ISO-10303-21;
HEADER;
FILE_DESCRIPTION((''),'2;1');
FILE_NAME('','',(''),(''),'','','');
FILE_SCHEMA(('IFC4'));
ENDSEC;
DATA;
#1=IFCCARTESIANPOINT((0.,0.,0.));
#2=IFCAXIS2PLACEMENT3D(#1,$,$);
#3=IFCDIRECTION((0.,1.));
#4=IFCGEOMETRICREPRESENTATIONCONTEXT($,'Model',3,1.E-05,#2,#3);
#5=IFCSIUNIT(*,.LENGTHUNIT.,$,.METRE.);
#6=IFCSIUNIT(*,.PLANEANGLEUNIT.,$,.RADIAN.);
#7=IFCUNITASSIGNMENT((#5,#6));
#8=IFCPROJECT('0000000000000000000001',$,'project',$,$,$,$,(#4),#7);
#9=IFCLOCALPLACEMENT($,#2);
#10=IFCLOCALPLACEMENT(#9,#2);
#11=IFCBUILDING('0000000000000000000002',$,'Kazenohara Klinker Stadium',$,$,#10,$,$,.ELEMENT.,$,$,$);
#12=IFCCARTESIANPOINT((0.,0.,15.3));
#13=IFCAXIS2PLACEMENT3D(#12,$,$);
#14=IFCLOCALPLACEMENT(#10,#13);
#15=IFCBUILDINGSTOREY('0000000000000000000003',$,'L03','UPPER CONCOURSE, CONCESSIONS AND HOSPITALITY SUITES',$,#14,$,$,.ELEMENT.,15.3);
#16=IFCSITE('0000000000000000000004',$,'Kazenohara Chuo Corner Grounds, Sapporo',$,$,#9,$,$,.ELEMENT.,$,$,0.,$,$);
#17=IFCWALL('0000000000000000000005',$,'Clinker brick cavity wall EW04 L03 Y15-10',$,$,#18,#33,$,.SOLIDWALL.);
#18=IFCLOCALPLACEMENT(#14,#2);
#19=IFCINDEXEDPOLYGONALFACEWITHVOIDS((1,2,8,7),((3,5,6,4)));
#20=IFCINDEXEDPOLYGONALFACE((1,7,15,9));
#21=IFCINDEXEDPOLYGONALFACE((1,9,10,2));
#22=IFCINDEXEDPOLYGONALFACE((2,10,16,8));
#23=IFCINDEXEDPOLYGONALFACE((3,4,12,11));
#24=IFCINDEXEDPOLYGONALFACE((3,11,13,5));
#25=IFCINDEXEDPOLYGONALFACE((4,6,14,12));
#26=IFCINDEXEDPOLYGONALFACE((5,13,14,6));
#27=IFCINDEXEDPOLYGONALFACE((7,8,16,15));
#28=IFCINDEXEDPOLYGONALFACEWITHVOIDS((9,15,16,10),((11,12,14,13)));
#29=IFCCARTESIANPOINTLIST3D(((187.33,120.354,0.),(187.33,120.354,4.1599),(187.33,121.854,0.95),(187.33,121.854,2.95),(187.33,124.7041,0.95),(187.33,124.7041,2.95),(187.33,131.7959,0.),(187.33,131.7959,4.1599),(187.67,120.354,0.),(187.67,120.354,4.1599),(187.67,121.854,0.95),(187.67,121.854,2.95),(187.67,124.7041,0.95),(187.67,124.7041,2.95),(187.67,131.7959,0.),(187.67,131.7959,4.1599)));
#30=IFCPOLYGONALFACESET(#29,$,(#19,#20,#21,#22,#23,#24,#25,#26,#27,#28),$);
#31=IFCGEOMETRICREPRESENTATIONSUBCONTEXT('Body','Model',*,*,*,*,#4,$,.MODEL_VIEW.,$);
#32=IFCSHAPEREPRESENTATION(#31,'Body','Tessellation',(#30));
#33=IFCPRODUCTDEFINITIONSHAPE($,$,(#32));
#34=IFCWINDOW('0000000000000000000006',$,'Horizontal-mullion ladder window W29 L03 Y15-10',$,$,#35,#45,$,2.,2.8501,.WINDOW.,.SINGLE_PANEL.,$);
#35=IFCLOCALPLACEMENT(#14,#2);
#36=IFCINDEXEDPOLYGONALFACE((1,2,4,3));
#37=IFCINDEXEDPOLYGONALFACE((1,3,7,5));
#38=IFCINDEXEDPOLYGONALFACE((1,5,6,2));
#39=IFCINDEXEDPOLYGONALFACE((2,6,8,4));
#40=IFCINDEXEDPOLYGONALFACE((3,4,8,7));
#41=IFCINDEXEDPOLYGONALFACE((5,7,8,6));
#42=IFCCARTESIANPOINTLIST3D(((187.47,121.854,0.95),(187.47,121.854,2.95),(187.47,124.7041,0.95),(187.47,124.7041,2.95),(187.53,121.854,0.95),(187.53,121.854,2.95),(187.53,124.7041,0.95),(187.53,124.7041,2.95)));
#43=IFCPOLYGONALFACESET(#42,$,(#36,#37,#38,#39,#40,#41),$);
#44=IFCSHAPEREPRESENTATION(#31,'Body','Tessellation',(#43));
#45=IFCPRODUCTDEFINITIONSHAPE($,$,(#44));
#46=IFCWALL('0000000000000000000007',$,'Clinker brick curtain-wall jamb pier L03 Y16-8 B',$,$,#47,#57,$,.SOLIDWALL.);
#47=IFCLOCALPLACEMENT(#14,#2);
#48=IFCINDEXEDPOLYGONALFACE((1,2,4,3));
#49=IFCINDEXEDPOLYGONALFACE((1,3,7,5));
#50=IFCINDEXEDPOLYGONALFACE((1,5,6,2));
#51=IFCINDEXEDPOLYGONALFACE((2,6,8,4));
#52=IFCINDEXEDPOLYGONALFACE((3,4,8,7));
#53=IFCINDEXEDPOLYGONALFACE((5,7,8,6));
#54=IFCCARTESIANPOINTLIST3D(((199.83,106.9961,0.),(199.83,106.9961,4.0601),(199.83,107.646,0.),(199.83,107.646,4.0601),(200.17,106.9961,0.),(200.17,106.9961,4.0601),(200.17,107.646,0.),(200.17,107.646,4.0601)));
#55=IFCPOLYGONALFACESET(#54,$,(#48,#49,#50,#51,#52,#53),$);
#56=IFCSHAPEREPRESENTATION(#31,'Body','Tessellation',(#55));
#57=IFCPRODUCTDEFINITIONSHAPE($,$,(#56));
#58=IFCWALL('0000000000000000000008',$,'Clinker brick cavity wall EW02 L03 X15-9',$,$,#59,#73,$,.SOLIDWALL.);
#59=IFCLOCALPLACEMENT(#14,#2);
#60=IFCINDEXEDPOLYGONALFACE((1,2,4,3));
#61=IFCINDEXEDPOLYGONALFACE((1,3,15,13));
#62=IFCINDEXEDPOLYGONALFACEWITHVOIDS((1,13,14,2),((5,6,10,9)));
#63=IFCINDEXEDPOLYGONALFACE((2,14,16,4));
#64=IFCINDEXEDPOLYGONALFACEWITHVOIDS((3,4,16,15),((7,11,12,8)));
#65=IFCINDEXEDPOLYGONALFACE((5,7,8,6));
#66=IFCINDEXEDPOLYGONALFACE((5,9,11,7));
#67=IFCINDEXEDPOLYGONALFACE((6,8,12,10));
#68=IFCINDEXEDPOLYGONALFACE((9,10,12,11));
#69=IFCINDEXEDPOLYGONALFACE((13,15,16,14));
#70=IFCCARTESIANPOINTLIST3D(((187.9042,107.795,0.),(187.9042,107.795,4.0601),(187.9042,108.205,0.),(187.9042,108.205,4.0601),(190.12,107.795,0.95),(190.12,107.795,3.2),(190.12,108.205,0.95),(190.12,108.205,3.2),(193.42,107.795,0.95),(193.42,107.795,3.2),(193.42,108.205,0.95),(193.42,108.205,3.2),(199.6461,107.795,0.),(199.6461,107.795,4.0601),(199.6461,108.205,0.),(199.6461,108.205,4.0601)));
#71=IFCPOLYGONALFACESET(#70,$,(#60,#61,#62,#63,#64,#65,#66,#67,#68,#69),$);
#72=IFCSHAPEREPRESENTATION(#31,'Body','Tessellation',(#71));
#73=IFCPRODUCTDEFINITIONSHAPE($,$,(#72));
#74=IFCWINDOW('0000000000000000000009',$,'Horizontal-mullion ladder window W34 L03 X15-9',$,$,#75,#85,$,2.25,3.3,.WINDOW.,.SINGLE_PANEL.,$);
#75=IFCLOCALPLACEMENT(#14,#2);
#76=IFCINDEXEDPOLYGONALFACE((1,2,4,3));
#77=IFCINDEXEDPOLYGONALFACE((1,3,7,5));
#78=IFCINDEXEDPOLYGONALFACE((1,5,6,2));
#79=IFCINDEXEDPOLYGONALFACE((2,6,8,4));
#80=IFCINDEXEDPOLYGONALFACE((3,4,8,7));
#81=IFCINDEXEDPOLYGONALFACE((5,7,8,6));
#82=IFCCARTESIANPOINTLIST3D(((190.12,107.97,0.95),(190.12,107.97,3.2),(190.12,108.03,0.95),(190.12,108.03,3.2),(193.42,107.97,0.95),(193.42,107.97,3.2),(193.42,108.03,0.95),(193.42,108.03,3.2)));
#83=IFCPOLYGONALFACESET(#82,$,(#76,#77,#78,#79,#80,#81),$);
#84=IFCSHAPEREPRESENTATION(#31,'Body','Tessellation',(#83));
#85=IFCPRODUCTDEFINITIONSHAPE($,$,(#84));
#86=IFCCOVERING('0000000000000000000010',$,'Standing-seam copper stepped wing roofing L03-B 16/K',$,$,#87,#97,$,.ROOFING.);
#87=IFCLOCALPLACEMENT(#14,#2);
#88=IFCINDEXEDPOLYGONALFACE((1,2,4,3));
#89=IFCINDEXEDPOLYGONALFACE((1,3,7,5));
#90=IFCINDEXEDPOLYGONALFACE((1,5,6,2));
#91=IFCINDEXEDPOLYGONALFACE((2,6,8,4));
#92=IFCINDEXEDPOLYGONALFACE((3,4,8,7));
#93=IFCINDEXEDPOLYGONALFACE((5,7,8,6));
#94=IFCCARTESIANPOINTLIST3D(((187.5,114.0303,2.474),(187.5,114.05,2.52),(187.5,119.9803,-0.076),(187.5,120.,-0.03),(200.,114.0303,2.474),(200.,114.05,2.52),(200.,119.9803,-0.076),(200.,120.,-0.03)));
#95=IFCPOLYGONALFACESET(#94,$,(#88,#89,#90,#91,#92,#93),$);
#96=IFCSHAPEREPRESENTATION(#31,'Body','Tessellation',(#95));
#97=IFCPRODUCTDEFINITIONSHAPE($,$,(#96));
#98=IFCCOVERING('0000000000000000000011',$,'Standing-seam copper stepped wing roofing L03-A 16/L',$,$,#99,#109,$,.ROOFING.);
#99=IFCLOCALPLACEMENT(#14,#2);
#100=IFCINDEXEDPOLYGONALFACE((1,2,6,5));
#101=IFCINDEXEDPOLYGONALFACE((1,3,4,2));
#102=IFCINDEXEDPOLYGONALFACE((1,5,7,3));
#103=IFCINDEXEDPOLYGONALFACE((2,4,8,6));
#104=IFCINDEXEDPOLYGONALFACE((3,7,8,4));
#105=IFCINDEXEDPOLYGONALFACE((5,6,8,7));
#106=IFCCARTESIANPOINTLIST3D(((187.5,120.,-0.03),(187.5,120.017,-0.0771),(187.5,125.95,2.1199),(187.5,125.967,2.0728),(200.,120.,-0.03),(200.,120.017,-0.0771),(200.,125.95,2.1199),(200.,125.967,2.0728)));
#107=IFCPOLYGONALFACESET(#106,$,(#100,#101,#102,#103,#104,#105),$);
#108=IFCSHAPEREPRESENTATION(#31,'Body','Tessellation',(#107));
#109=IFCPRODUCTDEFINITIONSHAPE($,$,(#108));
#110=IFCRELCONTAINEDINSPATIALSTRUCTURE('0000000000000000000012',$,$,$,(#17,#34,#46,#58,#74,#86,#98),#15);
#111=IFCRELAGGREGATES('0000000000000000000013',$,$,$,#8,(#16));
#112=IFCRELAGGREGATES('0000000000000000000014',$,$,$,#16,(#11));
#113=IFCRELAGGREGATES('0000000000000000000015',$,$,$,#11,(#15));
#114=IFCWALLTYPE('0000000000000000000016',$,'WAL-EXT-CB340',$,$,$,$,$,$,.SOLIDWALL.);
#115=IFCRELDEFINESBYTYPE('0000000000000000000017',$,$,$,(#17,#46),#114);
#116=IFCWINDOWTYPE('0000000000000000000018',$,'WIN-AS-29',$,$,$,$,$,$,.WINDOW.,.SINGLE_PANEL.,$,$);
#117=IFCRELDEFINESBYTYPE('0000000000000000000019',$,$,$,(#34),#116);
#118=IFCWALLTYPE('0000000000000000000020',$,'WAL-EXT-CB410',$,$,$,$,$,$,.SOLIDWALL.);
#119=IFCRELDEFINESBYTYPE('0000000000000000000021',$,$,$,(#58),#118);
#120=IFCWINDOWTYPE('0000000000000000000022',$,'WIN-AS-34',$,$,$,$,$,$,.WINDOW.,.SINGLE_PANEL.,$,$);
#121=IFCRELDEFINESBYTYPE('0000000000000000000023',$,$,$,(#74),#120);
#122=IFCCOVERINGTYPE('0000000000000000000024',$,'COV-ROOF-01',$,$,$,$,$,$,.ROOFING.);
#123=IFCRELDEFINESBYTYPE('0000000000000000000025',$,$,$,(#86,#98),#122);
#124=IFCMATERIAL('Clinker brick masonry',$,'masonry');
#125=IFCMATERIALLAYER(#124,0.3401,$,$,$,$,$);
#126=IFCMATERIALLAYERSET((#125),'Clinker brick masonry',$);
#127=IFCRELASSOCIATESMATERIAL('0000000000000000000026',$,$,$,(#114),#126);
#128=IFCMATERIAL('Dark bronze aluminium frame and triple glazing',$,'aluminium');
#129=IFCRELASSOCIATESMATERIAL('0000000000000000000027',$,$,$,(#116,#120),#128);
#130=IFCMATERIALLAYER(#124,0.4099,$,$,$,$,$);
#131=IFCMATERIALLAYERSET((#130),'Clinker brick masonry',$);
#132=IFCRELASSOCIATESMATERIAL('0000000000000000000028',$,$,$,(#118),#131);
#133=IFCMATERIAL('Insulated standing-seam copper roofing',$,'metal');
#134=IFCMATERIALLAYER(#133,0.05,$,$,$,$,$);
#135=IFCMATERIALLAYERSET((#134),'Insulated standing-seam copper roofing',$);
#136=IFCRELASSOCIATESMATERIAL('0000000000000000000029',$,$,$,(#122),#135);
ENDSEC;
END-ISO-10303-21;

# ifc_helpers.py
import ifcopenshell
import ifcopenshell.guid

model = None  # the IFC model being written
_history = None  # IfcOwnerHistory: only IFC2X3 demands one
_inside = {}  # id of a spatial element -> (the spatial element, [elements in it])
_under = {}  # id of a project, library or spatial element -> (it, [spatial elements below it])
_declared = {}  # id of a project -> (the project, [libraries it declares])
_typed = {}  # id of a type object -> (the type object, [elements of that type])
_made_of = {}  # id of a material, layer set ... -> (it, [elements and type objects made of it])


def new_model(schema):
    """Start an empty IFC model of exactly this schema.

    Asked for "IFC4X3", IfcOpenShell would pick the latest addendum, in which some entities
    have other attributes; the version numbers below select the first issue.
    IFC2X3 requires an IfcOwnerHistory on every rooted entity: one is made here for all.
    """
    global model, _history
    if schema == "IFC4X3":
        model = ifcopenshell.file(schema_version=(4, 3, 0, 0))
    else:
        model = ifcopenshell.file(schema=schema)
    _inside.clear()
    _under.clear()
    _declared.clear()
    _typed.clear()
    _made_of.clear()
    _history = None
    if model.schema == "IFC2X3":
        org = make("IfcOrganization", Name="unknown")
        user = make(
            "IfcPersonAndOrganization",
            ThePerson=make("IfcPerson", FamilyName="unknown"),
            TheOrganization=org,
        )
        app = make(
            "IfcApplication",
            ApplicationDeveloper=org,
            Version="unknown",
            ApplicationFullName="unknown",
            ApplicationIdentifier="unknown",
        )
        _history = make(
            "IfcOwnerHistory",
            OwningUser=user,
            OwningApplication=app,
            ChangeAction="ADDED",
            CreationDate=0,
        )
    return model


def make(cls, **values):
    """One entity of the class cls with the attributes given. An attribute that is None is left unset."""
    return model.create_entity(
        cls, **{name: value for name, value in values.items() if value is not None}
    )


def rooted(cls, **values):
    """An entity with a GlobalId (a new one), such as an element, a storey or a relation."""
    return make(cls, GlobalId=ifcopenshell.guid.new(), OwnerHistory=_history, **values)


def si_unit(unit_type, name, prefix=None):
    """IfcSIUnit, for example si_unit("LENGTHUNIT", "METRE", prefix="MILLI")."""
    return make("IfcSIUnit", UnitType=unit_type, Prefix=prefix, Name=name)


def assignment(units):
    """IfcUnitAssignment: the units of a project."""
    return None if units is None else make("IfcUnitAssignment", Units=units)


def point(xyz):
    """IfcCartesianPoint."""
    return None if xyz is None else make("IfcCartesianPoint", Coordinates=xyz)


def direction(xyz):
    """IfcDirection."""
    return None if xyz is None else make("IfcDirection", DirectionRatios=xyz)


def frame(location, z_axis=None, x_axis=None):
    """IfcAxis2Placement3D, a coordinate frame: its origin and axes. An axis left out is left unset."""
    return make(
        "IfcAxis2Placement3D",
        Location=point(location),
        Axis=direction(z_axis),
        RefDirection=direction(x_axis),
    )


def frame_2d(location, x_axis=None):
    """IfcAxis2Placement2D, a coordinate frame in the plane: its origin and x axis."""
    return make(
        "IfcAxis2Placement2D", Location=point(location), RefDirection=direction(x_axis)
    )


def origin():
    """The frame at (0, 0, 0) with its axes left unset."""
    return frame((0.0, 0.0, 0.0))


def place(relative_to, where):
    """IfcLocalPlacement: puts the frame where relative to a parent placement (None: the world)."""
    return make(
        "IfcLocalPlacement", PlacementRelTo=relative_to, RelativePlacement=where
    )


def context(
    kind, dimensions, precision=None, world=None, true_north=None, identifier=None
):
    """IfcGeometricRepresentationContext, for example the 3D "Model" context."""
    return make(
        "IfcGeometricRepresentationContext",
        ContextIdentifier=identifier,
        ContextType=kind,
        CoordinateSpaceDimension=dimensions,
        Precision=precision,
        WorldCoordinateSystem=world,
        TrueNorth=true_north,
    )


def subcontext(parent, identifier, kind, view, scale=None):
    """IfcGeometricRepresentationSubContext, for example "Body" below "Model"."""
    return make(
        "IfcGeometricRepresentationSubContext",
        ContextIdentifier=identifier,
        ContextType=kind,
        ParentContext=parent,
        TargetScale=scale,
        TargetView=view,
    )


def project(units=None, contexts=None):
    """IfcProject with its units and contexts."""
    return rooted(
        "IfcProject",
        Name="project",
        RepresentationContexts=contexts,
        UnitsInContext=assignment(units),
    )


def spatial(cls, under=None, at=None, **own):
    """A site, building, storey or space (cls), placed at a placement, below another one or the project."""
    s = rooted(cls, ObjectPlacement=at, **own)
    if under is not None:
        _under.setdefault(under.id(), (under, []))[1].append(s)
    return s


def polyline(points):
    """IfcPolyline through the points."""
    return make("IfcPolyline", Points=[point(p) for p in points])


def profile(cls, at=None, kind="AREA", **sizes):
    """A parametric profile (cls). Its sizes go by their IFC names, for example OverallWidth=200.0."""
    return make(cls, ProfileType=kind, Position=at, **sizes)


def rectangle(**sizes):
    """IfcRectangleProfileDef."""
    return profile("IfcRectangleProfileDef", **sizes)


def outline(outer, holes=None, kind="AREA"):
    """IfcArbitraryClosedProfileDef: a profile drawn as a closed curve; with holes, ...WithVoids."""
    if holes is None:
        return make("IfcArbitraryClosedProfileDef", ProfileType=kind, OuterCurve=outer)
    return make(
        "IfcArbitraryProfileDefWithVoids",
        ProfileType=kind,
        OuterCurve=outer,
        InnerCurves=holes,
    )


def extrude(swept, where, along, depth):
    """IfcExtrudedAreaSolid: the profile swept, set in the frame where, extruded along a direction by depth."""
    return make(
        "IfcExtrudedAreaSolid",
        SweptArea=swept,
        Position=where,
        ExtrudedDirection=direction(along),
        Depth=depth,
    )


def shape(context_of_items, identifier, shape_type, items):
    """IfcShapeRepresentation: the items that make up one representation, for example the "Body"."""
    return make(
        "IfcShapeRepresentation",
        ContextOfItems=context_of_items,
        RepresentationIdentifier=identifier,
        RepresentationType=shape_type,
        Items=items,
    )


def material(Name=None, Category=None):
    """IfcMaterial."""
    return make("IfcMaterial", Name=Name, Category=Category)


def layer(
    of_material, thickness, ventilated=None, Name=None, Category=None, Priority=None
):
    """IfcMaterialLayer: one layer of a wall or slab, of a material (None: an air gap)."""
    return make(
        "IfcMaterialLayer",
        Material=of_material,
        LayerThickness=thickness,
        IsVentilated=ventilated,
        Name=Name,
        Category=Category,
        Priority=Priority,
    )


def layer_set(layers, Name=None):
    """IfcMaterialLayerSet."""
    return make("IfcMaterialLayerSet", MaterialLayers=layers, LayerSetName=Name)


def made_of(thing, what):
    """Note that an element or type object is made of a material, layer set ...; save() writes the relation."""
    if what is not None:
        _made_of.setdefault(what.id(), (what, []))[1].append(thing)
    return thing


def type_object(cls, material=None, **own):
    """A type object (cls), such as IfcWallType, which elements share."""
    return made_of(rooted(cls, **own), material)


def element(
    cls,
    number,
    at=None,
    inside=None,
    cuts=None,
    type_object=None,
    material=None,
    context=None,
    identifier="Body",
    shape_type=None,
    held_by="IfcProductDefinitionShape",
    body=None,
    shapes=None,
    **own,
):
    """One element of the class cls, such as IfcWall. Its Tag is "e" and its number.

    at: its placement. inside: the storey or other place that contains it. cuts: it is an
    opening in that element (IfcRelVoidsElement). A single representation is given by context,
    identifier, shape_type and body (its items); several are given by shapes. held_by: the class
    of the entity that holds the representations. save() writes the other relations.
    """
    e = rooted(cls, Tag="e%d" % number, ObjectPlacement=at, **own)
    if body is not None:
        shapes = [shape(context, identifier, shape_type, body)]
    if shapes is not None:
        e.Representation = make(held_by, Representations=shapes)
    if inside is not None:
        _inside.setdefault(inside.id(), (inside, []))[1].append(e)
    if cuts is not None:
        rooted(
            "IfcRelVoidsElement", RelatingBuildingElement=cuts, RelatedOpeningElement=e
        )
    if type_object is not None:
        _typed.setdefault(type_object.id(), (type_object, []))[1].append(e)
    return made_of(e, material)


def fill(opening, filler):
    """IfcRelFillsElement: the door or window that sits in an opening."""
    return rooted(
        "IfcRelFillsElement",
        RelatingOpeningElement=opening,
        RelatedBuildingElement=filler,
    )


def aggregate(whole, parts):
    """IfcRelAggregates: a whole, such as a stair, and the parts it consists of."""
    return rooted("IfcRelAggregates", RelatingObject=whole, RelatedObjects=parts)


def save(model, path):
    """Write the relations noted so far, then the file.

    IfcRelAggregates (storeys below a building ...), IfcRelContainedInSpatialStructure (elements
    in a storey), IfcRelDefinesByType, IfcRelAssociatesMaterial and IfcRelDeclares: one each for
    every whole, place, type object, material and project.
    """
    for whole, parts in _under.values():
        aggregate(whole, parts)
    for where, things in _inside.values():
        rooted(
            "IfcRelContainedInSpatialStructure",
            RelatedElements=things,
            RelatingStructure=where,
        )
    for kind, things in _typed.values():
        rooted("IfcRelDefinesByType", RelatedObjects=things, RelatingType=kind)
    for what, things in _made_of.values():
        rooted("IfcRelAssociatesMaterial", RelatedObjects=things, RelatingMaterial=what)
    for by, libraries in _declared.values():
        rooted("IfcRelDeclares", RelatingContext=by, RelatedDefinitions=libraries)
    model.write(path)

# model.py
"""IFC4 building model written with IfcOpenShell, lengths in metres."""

from ifc_helpers import new_model, si_unit, direction, frame, frame_2d, origin, place, context, subcontext, project, spatial, polyline, rectangle, outline, extrude, material, layer, layer_set, type_object, element, fill, save


model = new_model("IFC4")

# Units and contexts
model_context = context("Model", 3, precision=1e-05, world=origin(), true_north=direction((0.0, 1.0)))
body_context = subcontext(model_context, "Body", "Model", "MODEL_VIEW")
ifc_project = project(units=[si_unit("LENGTHUNIT", "METRE"), si_unit("PLANEANGLEUNIT", "RADIAN")], contexts=[model_context])

# Site, building, storey
site_placement = place(None, origin())
site = spatial("IfcSite", under=ifc_project, at=site_placement, Name="Kazenohara Chuo Corner Grounds, Sapporo", CompositionType="ELEMENT", RefElevation=0.0)
building_placement = place(site_placement, origin())
building = spatial("IfcBuilding", under=site, at=building_placement, Name="Kazenohara Klinker Stadium", CompositionType="ELEMENT")
storey_placement = place(building_placement, frame((0.0, 0.0, 15.3)))
storey = spatial("IfcBuildingStorey", under=building, at=storey_placement, Name="L03", Description="UPPER CONCOURSE, CONCESSIONS AND HOSPITALITY SUITES", CompositionType="ELEMENT", Elevation=15.3)

# Wall, opening, window
ifc_material_1 = material(Name="Clinker brick masonry", Category="masonry")
ifc_layer_1 = layer(ifc_material_1, 0.3401)
ifc_layer_set_1 = layer_set([ifc_layer_1], Name="Clinker brick masonry")
wall_type_1 = type_object("IfcWallType", Name="WAL-EXT-CB340", PredefinedType="SOLIDWALL", material=ifc_layer_set_1)
wall_1_placement = place(storey_placement, frame((187.5, 120.354, 0.0), z_axis=(0.0, 0.0, 1.0), x_axis=(0.0, 1.0, 0.0)))
wall_1 = element("IfcWall", 1, at=wall_1_placement, inside=storey, type_object=wall_type_1, Name="Clinker brick cavity wall EW04 L03 Y15-10", PredefinedType="SOLIDWALL", context=body_context, shape_type="SweptSolid", body=[
    extrude(rectangle(XDim=11.4419, YDim=0.3401, at=frame_2d((5.7209, 0.0))), origin(), (0.0, 0.0, 1.0), 4.1599),
])
opening_1_placement = place(wall_1_placement, frame((1.5, 0.0, 0.95)))
opening_1 = element("IfcOpeningElement", 2, at=opening_1_placement, cuts=wall_1, PredefinedType="OPENING", context=body_context, shape_type="SweptSolid", body=[
    extrude(rectangle(XDim=2.8501, YDim=2.0, at=frame_2d((1.425, 1.0))), frame((0.0, 0.1802, 0.0), z_axis=(0.0, -1.0, 0.0), x_axis=(1.0, 0.0, 0.0)), (0.0, 0.0, 1.0), 0.3601),
])
ifc_material_2 = material(Name="Dark bronze aluminium frame and triple glazing", Category="aluminium")
window_type_1 = type_object("IfcWindowType", Name="WIN-AS-29", PartitioningType="SINGLE_PANEL", PredefinedType="WINDOW", material=ifc_material_2)
window_1_placement = place(opening_1_placement, origin())
window_1 = element("IfcWindow", 3, at=window_1_placement, inside=storey, type_object=window_type_1, Name="Horizontal-mullion ladder window W29 L03 Y15-10", OverallHeight=2.0, OverallWidth=2.8501, PartitioningType="SINGLE_PANEL", PredefinedType="WINDOW", context=body_context, shape_type="SweptSolid", body=[
    extrude(rectangle(XDim=2.8501, YDim=2.0, at=frame_2d((1.425, 1.0))), frame((0.0, 0.03, 0.0), z_axis=(0.0, -1.0, 0.0), x_axis=(1.0, 0.0, 0.0)), (0.0, 0.0, 1.0), 0.0601),
])
fill(opening_1, window_1)

# Wall
wall_2_placement = place(storey_placement, frame((200.0, 106.9961, 0.0), z_axis=(0.0, 0.0, 1.0), x_axis=(0.0, 1.0, 0.0)))
element("IfcWall", 4, at=wall_2_placement, inside=storey, type_object=wall_type_1, Name="Clinker brick curtain-wall jamb pier L03 Y16-8 B", PredefinedType="SOLIDWALL", context=body_context, shape_type="SweptSolid", body=[
    extrude(rectangle(XDim=0.6499, YDim=0.3401, at=frame_2d((0.325, 0.0))), origin(), (0.0, 0.0, 1.0), 4.0601),
])

# Wall, opening, window
ifc_layer_2 = layer(ifc_material_1, 0.4099)
ifc_layer_set_2 = layer_set([ifc_layer_2], Name="Clinker brick masonry")
wall_type_2 = type_object("IfcWallType", Name="WAL-EXT-CB410", PredefinedType="SOLIDWALL", material=ifc_layer_set_2)
wall_3_placement = place(storey_placement, frame((187.9041, 108.0, 0.0), z_axis=(0.0, 0.0, 1.0), x_axis=(1.0, 0.0, 0.0)))
wall_3 = element("IfcWall", 5, at=wall_3_placement, inside=storey, type_object=wall_type_2, Name="Clinker brick cavity wall EW02 L03 X15-9", PredefinedType="SOLIDWALL", context=body_context, shape_type="SweptSolid", body=[
    extrude(rectangle(XDim=11.7419, YDim=0.4099, at=frame_2d((5.8711, 0.0))), origin(), (0.0, 0.0, 1.0), 4.0601),
])
opening_2_placement = place(wall_3_placement, frame((2.2161, 0.0, 0.95)))
opening_2 = element("IfcOpeningElement", 6, at=opening_2_placement, cuts=wall_3, PredefinedType="OPENING", context=body_context, shape_type="SweptSolid", body=[
    extrude(rectangle(XDim=3.3, YDim=2.25, at=frame_2d((1.6499, 1.125))), frame((0.0, 0.2148, 0.0), z_axis=(0.0, -1.0, 0.0), x_axis=(1.0, 0.0, 0.0)), (0.0, 0.0, 1.0), 0.4299),
])
window_type_2 = type_object("IfcWindowType", Name="WIN-AS-34", PartitioningType="SINGLE_PANEL", PredefinedType="WINDOW", material=ifc_material_2)
window_2_placement = place(opening_2_placement, origin())
window_2 = element("IfcWindow", 7, at=window_2_placement, inside=storey, type_object=window_type_2, Name="Horizontal-mullion ladder window W34 L03 X15-9", OverallHeight=2.25, OverallWidth=3.3, PartitioningType="SINGLE_PANEL", PredefinedType="WINDOW", context=body_context, shape_type="SweptSolid", body=[
    extrude(rectangle(XDim=3.3, YDim=2.25, at=frame_2d((1.6499, 1.125))), frame((0.0, 0.03, 0.0), z_axis=(0.0, -1.0, 0.0), x_axis=(1.0, 0.0, 0.0)), (0.0, 0.0, 1.0), 0.0601),
])
fill(opening_2, window_2)

# Coverings
ifc_material_3 = material(Name="Insulated standing-seam copper roofing", Category="metal")
ifc_layer_3 = layer(ifc_material_3, 0.05)
ifc_layer_set_3 = layer_set([ifc_layer_3], Name="Insulated standing-seam copper roofing")
covering_type = type_object("IfcCoveringType", Name="COV-ROOF-01", PredefinedType="ROOFING", material=ifc_layer_set_3)
covering_1_placement = place(storey_placement, frame((187.5, 114.05, 2.52), z_axis=(0.0, 0.393928, 0.919141), x_axis=(1.0, 0.0, 0.0)))
element("IfcCovering", 8, at=covering_1_placement, inside=storey, type_object=covering_type, Name="Standing-seam copper stepped wing roofing L03-B 16/K", PredefinedType="ROOFING", context=body_context, shape_type="SweptSolid", body=[
    extrude(outline(polyline([(0.0, 0.0), (12.5, 0.0), (12.5, 6.4734), (0.0, 6.4734), (0.0, 0.0)])), origin(), (0.0, 0.0, -1.0), 0.05),
])
covering_2_placement = place(storey_placement, frame((187.5, 120.0, -0.03), z_axis=(0.0, -0.339827, 0.940488), x_axis=(1.0, 0.0, 0.0)))
element("IfcCovering", 9, at=covering_2_placement, inside=storey, type_object=covering_type, Name="Standing-seam copper stepped wing roofing L03-A 16/L", PredefinedType="ROOFING", context=body_context, shape_type="SweptSolid", body=[
    extrude(outline(polyline([(0.0, 0.0), (12.5, 0.0), (12.5, 6.3265), (0.0, 6.3265), (0.0, 0.0)])), origin(), (0.0, 0.0, -1.0), 0.05),
])

save(model, "model.ifc")
